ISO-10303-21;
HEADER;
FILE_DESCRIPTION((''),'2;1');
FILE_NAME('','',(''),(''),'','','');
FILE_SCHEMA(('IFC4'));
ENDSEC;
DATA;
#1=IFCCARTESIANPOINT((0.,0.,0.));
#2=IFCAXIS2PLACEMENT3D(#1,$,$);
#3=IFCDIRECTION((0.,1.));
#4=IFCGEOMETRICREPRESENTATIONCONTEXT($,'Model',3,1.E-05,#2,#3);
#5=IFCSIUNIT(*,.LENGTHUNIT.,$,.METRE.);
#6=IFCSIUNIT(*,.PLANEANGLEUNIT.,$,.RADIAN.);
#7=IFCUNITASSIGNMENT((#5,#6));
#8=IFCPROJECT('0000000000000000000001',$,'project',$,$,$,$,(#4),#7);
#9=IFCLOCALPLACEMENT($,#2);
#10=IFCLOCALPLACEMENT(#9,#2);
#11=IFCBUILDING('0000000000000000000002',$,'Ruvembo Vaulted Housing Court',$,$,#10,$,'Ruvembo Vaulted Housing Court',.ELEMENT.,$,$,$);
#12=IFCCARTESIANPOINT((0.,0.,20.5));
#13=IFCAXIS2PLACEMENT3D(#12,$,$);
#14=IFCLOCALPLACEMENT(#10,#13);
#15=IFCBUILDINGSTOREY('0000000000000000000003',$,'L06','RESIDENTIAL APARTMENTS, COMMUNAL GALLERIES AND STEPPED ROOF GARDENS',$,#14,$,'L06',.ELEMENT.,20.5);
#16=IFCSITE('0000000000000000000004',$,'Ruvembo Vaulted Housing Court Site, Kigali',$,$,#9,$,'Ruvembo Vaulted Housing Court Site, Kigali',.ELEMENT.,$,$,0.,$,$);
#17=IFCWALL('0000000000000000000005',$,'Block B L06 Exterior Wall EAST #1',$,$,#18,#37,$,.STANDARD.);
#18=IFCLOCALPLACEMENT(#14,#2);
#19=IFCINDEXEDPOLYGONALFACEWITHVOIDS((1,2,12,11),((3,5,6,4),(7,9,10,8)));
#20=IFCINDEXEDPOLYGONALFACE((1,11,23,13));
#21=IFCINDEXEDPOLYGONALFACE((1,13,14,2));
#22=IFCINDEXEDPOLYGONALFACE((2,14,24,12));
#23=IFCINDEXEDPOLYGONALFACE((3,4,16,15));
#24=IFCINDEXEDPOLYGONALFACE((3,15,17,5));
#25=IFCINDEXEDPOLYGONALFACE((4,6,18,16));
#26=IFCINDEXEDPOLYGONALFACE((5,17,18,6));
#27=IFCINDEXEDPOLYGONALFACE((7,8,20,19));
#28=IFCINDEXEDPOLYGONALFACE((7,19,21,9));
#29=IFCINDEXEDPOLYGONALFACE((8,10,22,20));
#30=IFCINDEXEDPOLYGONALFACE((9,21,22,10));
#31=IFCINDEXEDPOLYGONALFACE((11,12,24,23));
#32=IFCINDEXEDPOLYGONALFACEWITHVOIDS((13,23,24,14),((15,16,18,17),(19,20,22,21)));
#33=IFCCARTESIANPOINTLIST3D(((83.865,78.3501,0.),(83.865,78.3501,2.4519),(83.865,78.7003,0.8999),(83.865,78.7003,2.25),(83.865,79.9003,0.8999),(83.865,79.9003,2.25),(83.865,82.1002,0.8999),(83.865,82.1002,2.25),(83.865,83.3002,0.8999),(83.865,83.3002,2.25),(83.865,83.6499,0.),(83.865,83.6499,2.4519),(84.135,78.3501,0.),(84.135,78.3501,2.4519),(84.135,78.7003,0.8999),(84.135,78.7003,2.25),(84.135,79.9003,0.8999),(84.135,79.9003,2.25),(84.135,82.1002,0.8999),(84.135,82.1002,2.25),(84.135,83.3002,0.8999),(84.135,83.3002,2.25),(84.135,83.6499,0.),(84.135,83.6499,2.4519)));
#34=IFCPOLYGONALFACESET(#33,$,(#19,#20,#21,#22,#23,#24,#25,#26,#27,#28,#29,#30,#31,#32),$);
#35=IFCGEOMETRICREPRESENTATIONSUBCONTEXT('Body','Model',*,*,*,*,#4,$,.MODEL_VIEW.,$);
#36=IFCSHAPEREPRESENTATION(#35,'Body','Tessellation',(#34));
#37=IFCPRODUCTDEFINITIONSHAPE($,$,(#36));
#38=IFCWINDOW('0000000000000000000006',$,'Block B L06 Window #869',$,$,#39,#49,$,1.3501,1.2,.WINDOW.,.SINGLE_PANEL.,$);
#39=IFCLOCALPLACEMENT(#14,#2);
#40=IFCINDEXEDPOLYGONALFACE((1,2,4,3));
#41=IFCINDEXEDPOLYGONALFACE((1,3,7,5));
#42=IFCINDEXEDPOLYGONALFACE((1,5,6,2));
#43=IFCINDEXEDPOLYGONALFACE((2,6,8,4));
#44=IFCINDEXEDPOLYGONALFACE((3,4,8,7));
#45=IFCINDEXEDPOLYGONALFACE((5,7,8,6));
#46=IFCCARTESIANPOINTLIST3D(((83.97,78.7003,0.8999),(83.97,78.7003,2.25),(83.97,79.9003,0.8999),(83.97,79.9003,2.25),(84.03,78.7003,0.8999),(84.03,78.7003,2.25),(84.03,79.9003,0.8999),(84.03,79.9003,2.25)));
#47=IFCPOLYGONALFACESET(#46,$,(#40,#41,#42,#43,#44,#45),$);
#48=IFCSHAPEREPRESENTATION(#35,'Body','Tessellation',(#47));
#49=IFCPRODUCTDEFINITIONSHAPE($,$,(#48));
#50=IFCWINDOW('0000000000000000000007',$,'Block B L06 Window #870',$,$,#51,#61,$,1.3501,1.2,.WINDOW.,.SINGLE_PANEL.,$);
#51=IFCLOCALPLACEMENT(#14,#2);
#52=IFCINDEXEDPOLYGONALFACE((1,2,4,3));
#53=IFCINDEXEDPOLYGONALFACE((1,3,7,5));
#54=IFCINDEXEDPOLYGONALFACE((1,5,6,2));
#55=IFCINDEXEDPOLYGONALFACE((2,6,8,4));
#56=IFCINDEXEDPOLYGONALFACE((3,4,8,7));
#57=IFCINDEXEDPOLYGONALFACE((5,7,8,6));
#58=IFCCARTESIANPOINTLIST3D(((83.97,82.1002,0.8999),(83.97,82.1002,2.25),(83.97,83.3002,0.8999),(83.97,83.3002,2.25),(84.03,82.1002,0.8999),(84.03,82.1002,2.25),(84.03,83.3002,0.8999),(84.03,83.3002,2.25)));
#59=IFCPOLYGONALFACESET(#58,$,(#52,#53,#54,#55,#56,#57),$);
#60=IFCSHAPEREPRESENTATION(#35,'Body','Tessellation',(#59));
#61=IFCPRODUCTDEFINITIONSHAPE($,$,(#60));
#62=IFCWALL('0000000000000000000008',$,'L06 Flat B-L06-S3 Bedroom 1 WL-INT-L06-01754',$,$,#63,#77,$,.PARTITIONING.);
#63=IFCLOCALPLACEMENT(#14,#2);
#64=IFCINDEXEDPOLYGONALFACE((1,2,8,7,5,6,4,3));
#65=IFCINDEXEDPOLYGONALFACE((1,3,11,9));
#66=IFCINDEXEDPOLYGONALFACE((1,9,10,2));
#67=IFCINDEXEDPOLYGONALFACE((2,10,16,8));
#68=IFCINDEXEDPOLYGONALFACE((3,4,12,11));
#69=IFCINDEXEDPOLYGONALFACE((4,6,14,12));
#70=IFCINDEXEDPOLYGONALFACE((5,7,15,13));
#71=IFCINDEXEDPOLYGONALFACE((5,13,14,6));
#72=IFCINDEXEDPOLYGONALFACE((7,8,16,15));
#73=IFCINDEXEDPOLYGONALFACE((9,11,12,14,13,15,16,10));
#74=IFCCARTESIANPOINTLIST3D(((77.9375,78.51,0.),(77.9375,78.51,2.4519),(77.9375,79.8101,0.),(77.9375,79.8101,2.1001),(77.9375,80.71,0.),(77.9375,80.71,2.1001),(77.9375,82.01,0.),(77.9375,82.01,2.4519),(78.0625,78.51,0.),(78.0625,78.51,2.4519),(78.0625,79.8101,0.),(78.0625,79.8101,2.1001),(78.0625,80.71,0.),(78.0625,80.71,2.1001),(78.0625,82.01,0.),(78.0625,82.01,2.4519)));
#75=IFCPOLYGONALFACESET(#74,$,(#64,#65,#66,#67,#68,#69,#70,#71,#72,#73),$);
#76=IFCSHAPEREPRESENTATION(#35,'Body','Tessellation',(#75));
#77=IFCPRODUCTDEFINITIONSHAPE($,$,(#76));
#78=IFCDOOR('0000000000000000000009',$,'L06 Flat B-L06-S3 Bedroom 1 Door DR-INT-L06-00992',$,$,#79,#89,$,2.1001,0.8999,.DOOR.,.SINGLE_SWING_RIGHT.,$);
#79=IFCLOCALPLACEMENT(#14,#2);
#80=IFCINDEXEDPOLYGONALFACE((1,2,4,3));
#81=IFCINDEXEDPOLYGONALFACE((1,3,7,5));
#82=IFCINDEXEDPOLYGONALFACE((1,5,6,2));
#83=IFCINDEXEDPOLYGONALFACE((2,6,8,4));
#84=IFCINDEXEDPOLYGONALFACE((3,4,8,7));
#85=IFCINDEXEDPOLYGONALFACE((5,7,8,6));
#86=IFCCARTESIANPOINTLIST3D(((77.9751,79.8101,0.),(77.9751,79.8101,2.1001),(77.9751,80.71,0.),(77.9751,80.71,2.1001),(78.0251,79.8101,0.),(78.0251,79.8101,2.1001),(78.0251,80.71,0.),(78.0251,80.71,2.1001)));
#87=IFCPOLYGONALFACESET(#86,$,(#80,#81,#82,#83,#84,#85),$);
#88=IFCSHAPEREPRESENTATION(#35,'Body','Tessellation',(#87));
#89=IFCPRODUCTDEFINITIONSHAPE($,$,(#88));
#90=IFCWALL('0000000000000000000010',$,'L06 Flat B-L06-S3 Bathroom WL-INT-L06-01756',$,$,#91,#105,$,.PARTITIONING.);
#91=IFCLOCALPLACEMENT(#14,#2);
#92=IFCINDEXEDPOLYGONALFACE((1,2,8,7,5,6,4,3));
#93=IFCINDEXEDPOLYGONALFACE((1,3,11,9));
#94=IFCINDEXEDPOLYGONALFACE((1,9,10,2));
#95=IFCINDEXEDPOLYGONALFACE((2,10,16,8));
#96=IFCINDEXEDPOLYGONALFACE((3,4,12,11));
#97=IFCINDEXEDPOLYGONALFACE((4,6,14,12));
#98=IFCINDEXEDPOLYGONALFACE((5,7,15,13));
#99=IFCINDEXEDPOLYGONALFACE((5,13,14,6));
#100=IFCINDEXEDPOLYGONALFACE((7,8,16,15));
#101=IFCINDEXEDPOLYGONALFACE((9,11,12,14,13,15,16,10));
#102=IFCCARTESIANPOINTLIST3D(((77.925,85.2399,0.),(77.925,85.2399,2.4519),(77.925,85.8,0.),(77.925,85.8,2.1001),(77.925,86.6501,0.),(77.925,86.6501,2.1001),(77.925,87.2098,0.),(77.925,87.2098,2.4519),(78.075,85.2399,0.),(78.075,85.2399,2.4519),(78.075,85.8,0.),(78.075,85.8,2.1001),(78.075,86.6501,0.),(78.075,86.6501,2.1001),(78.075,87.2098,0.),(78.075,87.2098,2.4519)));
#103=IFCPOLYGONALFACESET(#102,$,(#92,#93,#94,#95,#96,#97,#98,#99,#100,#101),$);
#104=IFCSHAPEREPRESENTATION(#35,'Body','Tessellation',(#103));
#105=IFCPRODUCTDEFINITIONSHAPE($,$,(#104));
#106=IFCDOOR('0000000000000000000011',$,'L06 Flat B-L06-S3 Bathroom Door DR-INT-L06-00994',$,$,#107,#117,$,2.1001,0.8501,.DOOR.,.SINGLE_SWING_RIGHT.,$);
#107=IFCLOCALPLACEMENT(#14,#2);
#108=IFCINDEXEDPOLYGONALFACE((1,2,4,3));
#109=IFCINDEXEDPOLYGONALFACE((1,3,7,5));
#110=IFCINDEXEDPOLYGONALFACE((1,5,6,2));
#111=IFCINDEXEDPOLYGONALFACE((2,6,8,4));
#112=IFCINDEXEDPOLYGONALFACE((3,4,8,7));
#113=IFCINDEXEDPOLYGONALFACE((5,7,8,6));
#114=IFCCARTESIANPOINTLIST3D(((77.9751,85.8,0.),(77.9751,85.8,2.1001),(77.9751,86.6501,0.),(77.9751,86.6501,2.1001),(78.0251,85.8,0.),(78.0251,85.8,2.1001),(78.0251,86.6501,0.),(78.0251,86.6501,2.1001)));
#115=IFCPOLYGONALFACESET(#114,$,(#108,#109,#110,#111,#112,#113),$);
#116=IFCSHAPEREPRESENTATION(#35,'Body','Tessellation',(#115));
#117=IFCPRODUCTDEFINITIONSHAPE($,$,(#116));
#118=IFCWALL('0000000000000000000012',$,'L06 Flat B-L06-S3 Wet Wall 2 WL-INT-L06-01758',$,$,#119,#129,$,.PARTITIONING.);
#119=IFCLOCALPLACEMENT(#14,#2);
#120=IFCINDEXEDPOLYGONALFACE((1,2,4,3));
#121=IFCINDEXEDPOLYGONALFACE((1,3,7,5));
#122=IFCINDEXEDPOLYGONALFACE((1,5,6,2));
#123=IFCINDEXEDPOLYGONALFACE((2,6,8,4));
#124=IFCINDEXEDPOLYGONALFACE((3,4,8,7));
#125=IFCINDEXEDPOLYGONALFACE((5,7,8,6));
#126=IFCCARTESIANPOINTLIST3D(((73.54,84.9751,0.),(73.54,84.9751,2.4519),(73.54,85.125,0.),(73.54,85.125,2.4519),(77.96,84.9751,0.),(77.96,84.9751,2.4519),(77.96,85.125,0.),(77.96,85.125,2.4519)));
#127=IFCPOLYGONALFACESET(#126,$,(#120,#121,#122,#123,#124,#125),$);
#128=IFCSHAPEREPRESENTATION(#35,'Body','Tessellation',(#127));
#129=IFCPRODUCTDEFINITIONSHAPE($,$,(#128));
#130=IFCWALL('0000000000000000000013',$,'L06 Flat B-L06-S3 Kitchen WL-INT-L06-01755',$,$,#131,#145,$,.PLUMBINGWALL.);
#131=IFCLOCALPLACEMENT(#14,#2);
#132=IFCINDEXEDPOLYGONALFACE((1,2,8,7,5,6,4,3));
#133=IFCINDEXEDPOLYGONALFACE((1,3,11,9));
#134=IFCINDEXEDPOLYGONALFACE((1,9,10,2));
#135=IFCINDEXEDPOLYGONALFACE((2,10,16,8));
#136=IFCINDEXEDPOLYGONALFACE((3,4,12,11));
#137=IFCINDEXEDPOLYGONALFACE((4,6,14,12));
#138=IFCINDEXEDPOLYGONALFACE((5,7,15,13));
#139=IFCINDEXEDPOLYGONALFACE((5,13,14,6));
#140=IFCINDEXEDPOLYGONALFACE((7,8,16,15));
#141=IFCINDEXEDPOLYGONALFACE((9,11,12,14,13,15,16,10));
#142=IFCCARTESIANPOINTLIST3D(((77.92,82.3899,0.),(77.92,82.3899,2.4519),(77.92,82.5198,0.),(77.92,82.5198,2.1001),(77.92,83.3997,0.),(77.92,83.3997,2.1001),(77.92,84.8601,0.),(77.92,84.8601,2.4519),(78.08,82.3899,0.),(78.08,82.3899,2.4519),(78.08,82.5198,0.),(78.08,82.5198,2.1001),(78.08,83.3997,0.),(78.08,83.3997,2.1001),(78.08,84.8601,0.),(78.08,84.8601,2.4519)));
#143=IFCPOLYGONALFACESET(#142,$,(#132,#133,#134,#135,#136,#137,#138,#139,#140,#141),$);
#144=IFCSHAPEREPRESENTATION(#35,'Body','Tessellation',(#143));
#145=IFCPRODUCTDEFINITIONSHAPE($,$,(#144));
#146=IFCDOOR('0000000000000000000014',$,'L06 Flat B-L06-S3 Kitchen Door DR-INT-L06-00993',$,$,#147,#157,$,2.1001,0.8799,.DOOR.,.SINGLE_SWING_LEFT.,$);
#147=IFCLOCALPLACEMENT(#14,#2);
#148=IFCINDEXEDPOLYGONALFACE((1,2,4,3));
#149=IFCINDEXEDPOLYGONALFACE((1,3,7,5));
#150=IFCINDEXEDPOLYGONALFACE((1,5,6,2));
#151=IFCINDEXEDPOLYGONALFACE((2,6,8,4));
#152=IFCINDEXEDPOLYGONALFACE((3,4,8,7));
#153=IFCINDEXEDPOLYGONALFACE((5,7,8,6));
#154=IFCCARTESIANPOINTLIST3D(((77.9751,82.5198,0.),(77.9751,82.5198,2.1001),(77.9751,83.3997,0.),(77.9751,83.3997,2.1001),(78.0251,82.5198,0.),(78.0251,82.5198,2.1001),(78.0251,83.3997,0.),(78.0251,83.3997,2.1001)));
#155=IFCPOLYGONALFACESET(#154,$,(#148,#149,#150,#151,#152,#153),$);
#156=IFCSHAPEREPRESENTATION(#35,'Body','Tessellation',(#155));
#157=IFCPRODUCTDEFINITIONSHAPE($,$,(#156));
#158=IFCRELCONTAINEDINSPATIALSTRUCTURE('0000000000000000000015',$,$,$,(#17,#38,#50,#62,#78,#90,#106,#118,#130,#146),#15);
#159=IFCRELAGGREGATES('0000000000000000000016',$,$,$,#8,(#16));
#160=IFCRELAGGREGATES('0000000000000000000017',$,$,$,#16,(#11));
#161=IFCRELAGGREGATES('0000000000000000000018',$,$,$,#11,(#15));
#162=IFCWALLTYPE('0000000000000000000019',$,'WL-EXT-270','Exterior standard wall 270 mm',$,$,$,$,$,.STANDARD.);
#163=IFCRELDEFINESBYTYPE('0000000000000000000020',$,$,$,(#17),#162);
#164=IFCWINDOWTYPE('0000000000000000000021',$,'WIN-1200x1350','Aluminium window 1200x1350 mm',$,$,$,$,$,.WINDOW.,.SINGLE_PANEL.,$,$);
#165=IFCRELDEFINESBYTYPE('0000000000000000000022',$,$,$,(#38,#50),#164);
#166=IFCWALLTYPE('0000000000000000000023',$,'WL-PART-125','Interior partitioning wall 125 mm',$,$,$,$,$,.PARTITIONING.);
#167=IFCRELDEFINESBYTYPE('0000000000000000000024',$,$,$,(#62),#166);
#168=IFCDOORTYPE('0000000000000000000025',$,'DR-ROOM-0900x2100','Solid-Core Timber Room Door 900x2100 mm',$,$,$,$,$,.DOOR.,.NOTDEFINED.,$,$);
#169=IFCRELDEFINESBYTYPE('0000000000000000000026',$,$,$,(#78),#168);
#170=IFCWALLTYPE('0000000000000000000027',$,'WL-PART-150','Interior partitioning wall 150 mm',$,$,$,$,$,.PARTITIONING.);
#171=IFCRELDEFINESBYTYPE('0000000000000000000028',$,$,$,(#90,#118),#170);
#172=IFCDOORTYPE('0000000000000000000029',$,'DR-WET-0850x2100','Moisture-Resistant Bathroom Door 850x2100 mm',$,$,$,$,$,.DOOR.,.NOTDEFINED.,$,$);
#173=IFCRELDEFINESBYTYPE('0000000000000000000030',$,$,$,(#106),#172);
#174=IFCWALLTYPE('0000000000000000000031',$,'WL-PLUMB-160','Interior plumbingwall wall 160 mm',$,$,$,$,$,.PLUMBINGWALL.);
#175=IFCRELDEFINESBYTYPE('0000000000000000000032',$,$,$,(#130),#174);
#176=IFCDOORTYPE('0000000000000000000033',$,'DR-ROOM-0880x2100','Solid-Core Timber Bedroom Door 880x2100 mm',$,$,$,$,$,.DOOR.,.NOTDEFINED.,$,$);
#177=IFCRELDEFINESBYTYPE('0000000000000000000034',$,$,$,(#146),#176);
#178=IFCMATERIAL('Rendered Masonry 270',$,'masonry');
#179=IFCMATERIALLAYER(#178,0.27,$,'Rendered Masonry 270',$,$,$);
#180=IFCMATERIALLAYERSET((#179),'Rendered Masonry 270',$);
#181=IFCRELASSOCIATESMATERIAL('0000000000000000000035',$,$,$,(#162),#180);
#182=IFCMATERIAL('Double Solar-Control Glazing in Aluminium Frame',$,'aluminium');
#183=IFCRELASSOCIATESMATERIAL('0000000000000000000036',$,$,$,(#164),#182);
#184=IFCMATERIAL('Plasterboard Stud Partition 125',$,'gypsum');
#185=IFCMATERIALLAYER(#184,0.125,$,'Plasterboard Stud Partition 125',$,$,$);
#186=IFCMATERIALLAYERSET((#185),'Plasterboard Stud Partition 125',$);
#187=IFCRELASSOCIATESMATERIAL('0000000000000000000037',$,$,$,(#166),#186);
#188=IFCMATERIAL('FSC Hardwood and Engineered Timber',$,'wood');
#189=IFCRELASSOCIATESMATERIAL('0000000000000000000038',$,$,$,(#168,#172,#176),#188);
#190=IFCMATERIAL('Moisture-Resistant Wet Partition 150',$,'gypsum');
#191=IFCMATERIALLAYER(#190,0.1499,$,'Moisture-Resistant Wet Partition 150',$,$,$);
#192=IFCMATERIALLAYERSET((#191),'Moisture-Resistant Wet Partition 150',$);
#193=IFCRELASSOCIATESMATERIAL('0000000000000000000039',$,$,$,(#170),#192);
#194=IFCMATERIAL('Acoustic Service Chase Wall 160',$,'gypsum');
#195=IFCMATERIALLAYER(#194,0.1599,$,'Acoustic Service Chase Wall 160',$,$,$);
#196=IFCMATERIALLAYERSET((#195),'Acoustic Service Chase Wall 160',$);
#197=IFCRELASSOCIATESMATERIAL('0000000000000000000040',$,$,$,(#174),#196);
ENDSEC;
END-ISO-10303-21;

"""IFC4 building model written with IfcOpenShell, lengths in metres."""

from ifc_helpers import new_model, si_unit, direction, frame, frame_2d, origin, place, context, subcontext, project, spatial, rectangle, extrude, material, layer, layer_set, type_object, element, fill, save


model = new_model("IFC4")

# Units and contexts
model_context = context("Model", 3, precision=1e-05, world=origin(), true_north=direction((0.0, 1.0)))
body_context = subcontext(model_context, "Body", "Model", "MODEL_VIEW")
ifc_project = project(units=[si_unit("LENGTHUNIT", "METRE"), si_unit("PLANEANGLEUNIT", "RADIAN")], contexts=[model_context])

# Site, building, storey
site_placement = place(None, origin())
site = spatial("IfcSite", under=ifc_project, at=site_placement, Name="Ruvembo Vaulted Housing Court Site, Kigali", LongName="Ruvembo Vaulted Housing Court Site, Kigali", CompositionType="ELEMENT", RefElevation=0.0)
building_placement = place(site_placement, origin())
building = spatial("IfcBuilding", under=site, at=building_placement, Name="Ruvembo Vaulted Housing Court", LongName="Ruvembo Vaulted Housing Court", CompositionType="ELEMENT")
storey_placement = place(building_placement, frame((0.0, 0.0, 20.5)))
storey = spatial("IfcBuildingStorey", under=building, at=storey_placement, Name="L06", Description="RESIDENTIAL APARTMENTS, COMMUNAL GALLERIES AND STEPPED ROOF GARDENS", LongName="L06", CompositionType="ELEMENT", Elevation=20.5)

# Shared definitions
ifc_material_1 = material(Name="FSC Hardwood and Engineered Timber", Category="wood")

# Wall, openings, windows
ifc_material_2 = material(Name="Rendered Masonry 270", Category="masonry")
ifc_layer_1 = layer(ifc_material_2, 0.27, Name="Rendered Masonry 270")
ifc_layer_set_1 = layer_set([ifc_layer_1], Name="Rendered Masonry 270")
wall_type_1 = type_object("IfcWallType", Name="WL-EXT-270", Description="Exterior standard wall 270 mm", PredefinedType="STANDARD", material=ifc_layer_set_1)
wall_1_placement = place(storey_placement, frame((84.0, 78.3501, 0.0), z_axis=(0.0, 0.0, 1.0), x_axis=(0.0, 1.0, 0.0)))
wall_1 = element("IfcWall", 1, at=wall_1_placement, inside=storey, type_object=wall_type_1, Name="Block B L06 Exterior Wall EAST #1", PredefinedType="STANDARD", context=body_context, shape_type="SweptSolid", body=[
    extrude(rectangle(XDim=5.2998, YDim=0.27, at=frame_2d((2.6499, 0.0))), origin(), (0.0, 0.0, 1.0), 2.4519),
])
opening_1_placement = place(wall_1_placement, frame((0.3501, 0.0, 0.8999)))
opening_1 = element("IfcOpeningElement", 2, at=opening_1_placement, cuts=wall_1, PredefinedType="OPENING", context=body_context, shape_type="SweptSolid", body=[
    extrude(rectangle(XDim=1.2, YDim=1.3501, at=frame_2d((0.6001, 0.675))), frame((0.0, 0.145, 0.0), z_axis=(0.0, -1.0, 0.0), x_axis=(1.0, 0.0, 0.0)), (0.0, 0.0, 1.0), 0.29),
])
opening_2_placement = place(wall_1_placement, frame((3.75, 0.0, 0.8999)))
opening_2 = element("IfcOpeningElement", 3, at=opening_2_placement, cuts=wall_1, PredefinedType="OPENING", context=body_context, shape_type="SweptSolid", body=[
    extrude(rectangle(XDim=1.2, YDim=1.3501, at=frame_2d((0.6001, 0.675))), frame((0.0, 0.145, 0.0), z_axis=(0.0, -1.0, 0.0), x_axis=(1.0, 0.0, 0.0)), (0.0, 0.0, 1.0), 0.29),
])
ifc_material_3 = material(Name="Double Solar-Control Glazing in Aluminium Frame", Category="aluminium")
window_type = type_object("IfcWindowType", Name="WIN-1200x1350", Description="Aluminium window 1200x1350 mm", PartitioningType="SINGLE_PANEL", PredefinedType="WINDOW", material=ifc_material_3)
window_1_placement = place(opening_1_placement, origin())
window_1 = element("IfcWindow", 4, at=window_1_placement, inside=storey, type_object=window_type, Name="Block B L06 Window #869", OverallHeight=1.3501, OverallWidth=1.2, PartitioningType="SINGLE_PANEL", PredefinedType="WINDOW", context=body_context, shape_type="SweptSolid", body=[
    extrude(rectangle(XDim=1.2, YDim=1.3501, at=frame_2d((0.6001, 0.675))), frame((0.0, 0.03, 0.0), z_axis=(0.0, -1.0, 0.0), x_axis=(1.0, 0.0, 0.0)), (0.0, 0.0, 1.0), 0.0601),
])
fill(opening_1, window_1)
window_2_placement = place(opening_2_placement, origin())
window_2 = element("IfcWindow", 5, at=window_2_placement, inside=storey, type_object=window_type, Name="Block B L06 Window #870", OverallHeight=1.3501, OverallWidth=1.2, PartitioningType="SINGLE_PANEL", PredefinedType="WINDOW", context=body_context, shape_type="SweptSolid", body=[
    extrude(rectangle(XDim=1.2, YDim=1.3501, at=frame_2d((0.6001, 0.675))), frame((0.0, 0.03, 0.0), z_axis=(0.0, -1.0, 0.0), x_axis=(1.0, 0.0, 0.0)), (0.0, 0.0, 1.0), 0.0601),
])
fill(opening_2, window_2)

# Walls, openings, doors
ifc_material_4 = material(Name="Plasterboard Stud Partition 125", Category="gypsum")
ifc_layer_2 = layer(ifc_material_4, 0.125, Name="Plasterboard Stud Partition 125")
ifc_layer_set_2 = layer_set([ifc_layer_2], Name="Plasterboard Stud Partition 125")
wall_type_2 = type_object("IfcWallType", Name="WL-PART-125", Description="Interior partitioning wall 125 mm", PredefinedType="PARTITIONING", material=ifc_layer_set_2)
wall_2_placement = place(storey_placement, frame((78.0, 78.51, 0.0), z_axis=(0.0, 0.0, 1.0), x_axis=(0.0, 1.0, 0.0)))
wall_2 = element("IfcWall", 6, at=wall_2_placement, inside=storey, type_object=wall_type_2, Name="L06 Flat B-L06-S3 Bedroom 1 WL-INT-L06-01754", PredefinedType="PARTITIONING", context=body_context, shape_type="SweptSolid", body=[
    extrude(rectangle(XDim=3.5, YDim=0.125, at=frame_2d((1.75, 0.0))), origin(), (0.0, 0.0, 1.0), 2.4519),
])
opening_3_placement = place(wall_2_placement, frame((1.3, 0.0, 0.0)))
opening_3 = element("IfcOpeningElement", 7, at=opening_3_placement, cuts=wall_2, PredefinedType="OPENING", context=body_context, shape_type="SweptSolid", body=[
    extrude(rectangle(XDim=0.8999, YDim=2.1001, at=frame_2d((0.45, 1.05))), frame((0.0, 0.0725, 0.0), z_axis=(0.0, -1.0, 0.0), x_axis=(1.0, 0.0, 0.0)), (0.0, 0.0, 1.0), 0.145),
])
door_type_1 = type_object("IfcDoorType", Name="DR-ROOM-0900x2100", Description="Solid-Core Timber Room Door 900x2100 mm", OperationType="NOTDEFINED", PredefinedType="DOOR", material=ifc_material_1)
door_1_placement = place(opening_3_placement, origin())
door_1 = element("IfcDoor", 8, at=door_1_placement, inside=storey, type_object=door_type_1, Name="L06 Flat B-L06-S3 Bedroom 1 Door DR-INT-L06-00992", OperationType="SINGLE_SWING_RIGHT", OverallHeight=2.1001, OverallWidth=0.8999, PredefinedType="DOOR", context=body_context, shape_type="SweptSolid", body=[
    extrude(rectangle(XDim=0.8999, YDim=2.1001, at=frame_2d((0.45, 1.05))), frame((0.0, 0.0249, 0.0), z_axis=(0.0, -1.0, 0.0), x_axis=(1.0, 0.0, 0.0)), (0.0, 0.0, 1.0), 0.05),
])
fill(opening_3, door_1)
ifc_material_5 = material(Name="Moisture-Resistant Wet Partition 150", Category="gypsum")
ifc_layer_3 = layer(ifc_material_5, 0.1499, Name="Moisture-Resistant Wet Partition 150")
ifc_layer_set_3 = layer_set([ifc_layer_3], Name="Moisture-Resistant Wet Partition 150")
wall_type_3 = type_object("IfcWallType", Name="WL-PART-150", Description="Interior partitioning wall 150 mm", PredefinedType="PARTITIONING", material=ifc_layer_set_3)
wall_3_placement = place(storey_placement, frame((78.0, 85.24, 0.0), z_axis=(0.0, 0.0, 1.0), x_axis=(0.0, 1.0, 0.0)))
wall_3 = element("IfcWall", 9, at=wall_3_placement, inside=storey, type_object=wall_type_3, Name="L06 Flat B-L06-S3 Bathroom WL-INT-L06-01756", PredefinedType="PARTITIONING", context=body_context, shape_type="SweptSolid", body=[
    extrude(rectangle(XDim=1.97, YDim=0.1499, at=frame_2d((0.9849, 0.0))), origin(), (0.0, 0.0, 1.0), 2.4519),
])
opening_4_placement = place(wall_3_placement, frame((0.5601, 0.0, 0.0)))
opening_4 = element("IfcOpeningElement", 10, at=opening_4_placement, cuts=wall_3, PredefinedType="OPENING", context=body_context, shape_type="SweptSolid", body=[
    extrude(rectangle(XDim=0.8501, YDim=2.1001, at=frame_2d((0.425, 1.05))), frame((0.0, 0.085, 0.0), z_axis=(0.0, -1.0, 0.0), x_axis=(1.0, 0.0, 0.0)), (0.0, 0.0, 1.0), 0.1699),
])
door_type_2 = type_object("IfcDoorType", Name="DR-WET-0850x2100", Description="Moisture-Resistant Bathroom Door 850x2100 mm", OperationType="NOTDEFINED", PredefinedType="DOOR", material=ifc_material_1)
door_2_placement = place(opening_4_placement, origin())
door_2 = element("IfcDoor", 11, at=door_2_placement, inside=storey, type_object=door_type_2, Name="L06 Flat B-L06-S3 Bathroom Door DR-INT-L06-00994", OperationType="SINGLE_SWING_RIGHT", OverallHeight=2.1001, OverallWidth=0.8501, PredefinedType="DOOR", context=body_context, shape_type="SweptSolid", body=[
    extrude(rectangle(XDim=0.8501, YDim=2.1001, at=frame_2d((0.425, 1.05))), frame((0.0, 0.0249, 0.0), z_axis=(0.0, -1.0, 0.0), x_axis=(1.0, 0.0, 0.0)), (0.0, 0.0, 1.0), 0.05),
])
fill(opening_4, door_2)

# Wall
wall_4_placement = place(storey_placement, frame((73.54, 85.05, 0.0), z_axis=(0.0, 0.0, 1.0), x_axis=(1.0, 0.0, 0.0)))
element("IfcWall", 12, at=wall_4_placement, inside=storey, type_object=wall_type_3, Name="L06 Flat B-L06-S3 Wet Wall 2 WL-INT-L06-01758", PredefinedType="PARTITIONING", context=body_context, shape_type="SweptSolid", body=[
    extrude(rectangle(XDim=4.4199, YDim=0.1499, at=frame_2d((2.21, 0.0))), origin(), (0.0, 0.0, 1.0), 2.4519),
])

# Wall, opening, door
ifc_material_6 = material(Name="Acoustic Service Chase Wall 160", Category="gypsum")
ifc_layer_4 = layer(ifc_material_6, 0.1599, Name="Acoustic Service Chase Wall 160")
ifc_layer_set_4 = layer_set([ifc_layer_4], Name="Acoustic Service Chase Wall 160")
wall_type_4 = type_object("IfcWallType", Name="WL-PLUMB-160", Description="Interior plumbingwall wall 160 mm", PredefinedType="PLUMBINGWALL", material=ifc_layer_set_4)
wall_5_placement = place(storey_placement, frame((78.0, 82.3899, 0.0), z_axis=(0.0, 0.0, 1.0), x_axis=(0.0, 1.0, 0.0)))
wall_5 = element("IfcWall", 13, at=wall_5_placement, inside=storey, type_object=wall_type_4, Name="L06 Flat B-L06-S3 Kitchen WL-INT-L06-01755", PredefinedType="PLUMBINGWALL", context=body_context, shape_type="SweptSolid", body=[
    extrude(rectangle(XDim=2.4702, YDim=0.1599, at=frame_2d((1.2351, 0.0))), origin(), (0.0, 0.0, 1.0), 2.4519),
])
opening_5_placement = place(wall_5_placement, frame((0.1299, 0.0, 0.0)))
opening_5 = element("IfcOpeningElement", 14, at=opening_5_placement, cuts=wall_5, PredefinedType="OPENING", context=body_context, shape_type="SweptSolid", body=[
    extrude(rectangle(XDim=0.8799, YDim=2.1001, at=frame_2d((0.4399, 1.05))), frame((0.0, 0.0898, 0.0), z_axis=(0.0, -1.0, 0.0), x_axis=(1.0, 0.0, 0.0)), (0.0, 0.0, 1.0), 0.1799),
])
door_type_3 = type_object("IfcDoorType", Name="DR-ROOM-0880x2100", Description="Solid-Core Timber Bedroom Door 880x2100 mm", OperationType="NOTDEFINED", PredefinedType="DOOR", material=ifc_material_1)
door_3_placement = place(opening_5_placement, origin())
door_3 = element("IfcDoor", 15, at=door_3_placement, inside=storey, type_object=door_type_3, Name="L06 Flat B-L06-S3 Kitchen Door DR-INT-L06-00993", OperationType="SINGLE_SWING_LEFT", OverallHeight=2.1001, OverallWidth=0.8799, PredefinedType="DOOR", context=body_context, shape_type="SweptSolid", body=[
    extrude(rectangle(XDim=0.8799, YDim=2.1001, at=frame_2d((0.4399, 1.05))), frame((0.0, 0.0249, 0.0), z_axis=(0.0, -1.0, 0.0), x_axis=(1.0, 0.0, 0.0)), (0.0, 0.0, 1.0), 0.05),
])
fill(opening_5, door_3)

save(model, "model.ifc")
